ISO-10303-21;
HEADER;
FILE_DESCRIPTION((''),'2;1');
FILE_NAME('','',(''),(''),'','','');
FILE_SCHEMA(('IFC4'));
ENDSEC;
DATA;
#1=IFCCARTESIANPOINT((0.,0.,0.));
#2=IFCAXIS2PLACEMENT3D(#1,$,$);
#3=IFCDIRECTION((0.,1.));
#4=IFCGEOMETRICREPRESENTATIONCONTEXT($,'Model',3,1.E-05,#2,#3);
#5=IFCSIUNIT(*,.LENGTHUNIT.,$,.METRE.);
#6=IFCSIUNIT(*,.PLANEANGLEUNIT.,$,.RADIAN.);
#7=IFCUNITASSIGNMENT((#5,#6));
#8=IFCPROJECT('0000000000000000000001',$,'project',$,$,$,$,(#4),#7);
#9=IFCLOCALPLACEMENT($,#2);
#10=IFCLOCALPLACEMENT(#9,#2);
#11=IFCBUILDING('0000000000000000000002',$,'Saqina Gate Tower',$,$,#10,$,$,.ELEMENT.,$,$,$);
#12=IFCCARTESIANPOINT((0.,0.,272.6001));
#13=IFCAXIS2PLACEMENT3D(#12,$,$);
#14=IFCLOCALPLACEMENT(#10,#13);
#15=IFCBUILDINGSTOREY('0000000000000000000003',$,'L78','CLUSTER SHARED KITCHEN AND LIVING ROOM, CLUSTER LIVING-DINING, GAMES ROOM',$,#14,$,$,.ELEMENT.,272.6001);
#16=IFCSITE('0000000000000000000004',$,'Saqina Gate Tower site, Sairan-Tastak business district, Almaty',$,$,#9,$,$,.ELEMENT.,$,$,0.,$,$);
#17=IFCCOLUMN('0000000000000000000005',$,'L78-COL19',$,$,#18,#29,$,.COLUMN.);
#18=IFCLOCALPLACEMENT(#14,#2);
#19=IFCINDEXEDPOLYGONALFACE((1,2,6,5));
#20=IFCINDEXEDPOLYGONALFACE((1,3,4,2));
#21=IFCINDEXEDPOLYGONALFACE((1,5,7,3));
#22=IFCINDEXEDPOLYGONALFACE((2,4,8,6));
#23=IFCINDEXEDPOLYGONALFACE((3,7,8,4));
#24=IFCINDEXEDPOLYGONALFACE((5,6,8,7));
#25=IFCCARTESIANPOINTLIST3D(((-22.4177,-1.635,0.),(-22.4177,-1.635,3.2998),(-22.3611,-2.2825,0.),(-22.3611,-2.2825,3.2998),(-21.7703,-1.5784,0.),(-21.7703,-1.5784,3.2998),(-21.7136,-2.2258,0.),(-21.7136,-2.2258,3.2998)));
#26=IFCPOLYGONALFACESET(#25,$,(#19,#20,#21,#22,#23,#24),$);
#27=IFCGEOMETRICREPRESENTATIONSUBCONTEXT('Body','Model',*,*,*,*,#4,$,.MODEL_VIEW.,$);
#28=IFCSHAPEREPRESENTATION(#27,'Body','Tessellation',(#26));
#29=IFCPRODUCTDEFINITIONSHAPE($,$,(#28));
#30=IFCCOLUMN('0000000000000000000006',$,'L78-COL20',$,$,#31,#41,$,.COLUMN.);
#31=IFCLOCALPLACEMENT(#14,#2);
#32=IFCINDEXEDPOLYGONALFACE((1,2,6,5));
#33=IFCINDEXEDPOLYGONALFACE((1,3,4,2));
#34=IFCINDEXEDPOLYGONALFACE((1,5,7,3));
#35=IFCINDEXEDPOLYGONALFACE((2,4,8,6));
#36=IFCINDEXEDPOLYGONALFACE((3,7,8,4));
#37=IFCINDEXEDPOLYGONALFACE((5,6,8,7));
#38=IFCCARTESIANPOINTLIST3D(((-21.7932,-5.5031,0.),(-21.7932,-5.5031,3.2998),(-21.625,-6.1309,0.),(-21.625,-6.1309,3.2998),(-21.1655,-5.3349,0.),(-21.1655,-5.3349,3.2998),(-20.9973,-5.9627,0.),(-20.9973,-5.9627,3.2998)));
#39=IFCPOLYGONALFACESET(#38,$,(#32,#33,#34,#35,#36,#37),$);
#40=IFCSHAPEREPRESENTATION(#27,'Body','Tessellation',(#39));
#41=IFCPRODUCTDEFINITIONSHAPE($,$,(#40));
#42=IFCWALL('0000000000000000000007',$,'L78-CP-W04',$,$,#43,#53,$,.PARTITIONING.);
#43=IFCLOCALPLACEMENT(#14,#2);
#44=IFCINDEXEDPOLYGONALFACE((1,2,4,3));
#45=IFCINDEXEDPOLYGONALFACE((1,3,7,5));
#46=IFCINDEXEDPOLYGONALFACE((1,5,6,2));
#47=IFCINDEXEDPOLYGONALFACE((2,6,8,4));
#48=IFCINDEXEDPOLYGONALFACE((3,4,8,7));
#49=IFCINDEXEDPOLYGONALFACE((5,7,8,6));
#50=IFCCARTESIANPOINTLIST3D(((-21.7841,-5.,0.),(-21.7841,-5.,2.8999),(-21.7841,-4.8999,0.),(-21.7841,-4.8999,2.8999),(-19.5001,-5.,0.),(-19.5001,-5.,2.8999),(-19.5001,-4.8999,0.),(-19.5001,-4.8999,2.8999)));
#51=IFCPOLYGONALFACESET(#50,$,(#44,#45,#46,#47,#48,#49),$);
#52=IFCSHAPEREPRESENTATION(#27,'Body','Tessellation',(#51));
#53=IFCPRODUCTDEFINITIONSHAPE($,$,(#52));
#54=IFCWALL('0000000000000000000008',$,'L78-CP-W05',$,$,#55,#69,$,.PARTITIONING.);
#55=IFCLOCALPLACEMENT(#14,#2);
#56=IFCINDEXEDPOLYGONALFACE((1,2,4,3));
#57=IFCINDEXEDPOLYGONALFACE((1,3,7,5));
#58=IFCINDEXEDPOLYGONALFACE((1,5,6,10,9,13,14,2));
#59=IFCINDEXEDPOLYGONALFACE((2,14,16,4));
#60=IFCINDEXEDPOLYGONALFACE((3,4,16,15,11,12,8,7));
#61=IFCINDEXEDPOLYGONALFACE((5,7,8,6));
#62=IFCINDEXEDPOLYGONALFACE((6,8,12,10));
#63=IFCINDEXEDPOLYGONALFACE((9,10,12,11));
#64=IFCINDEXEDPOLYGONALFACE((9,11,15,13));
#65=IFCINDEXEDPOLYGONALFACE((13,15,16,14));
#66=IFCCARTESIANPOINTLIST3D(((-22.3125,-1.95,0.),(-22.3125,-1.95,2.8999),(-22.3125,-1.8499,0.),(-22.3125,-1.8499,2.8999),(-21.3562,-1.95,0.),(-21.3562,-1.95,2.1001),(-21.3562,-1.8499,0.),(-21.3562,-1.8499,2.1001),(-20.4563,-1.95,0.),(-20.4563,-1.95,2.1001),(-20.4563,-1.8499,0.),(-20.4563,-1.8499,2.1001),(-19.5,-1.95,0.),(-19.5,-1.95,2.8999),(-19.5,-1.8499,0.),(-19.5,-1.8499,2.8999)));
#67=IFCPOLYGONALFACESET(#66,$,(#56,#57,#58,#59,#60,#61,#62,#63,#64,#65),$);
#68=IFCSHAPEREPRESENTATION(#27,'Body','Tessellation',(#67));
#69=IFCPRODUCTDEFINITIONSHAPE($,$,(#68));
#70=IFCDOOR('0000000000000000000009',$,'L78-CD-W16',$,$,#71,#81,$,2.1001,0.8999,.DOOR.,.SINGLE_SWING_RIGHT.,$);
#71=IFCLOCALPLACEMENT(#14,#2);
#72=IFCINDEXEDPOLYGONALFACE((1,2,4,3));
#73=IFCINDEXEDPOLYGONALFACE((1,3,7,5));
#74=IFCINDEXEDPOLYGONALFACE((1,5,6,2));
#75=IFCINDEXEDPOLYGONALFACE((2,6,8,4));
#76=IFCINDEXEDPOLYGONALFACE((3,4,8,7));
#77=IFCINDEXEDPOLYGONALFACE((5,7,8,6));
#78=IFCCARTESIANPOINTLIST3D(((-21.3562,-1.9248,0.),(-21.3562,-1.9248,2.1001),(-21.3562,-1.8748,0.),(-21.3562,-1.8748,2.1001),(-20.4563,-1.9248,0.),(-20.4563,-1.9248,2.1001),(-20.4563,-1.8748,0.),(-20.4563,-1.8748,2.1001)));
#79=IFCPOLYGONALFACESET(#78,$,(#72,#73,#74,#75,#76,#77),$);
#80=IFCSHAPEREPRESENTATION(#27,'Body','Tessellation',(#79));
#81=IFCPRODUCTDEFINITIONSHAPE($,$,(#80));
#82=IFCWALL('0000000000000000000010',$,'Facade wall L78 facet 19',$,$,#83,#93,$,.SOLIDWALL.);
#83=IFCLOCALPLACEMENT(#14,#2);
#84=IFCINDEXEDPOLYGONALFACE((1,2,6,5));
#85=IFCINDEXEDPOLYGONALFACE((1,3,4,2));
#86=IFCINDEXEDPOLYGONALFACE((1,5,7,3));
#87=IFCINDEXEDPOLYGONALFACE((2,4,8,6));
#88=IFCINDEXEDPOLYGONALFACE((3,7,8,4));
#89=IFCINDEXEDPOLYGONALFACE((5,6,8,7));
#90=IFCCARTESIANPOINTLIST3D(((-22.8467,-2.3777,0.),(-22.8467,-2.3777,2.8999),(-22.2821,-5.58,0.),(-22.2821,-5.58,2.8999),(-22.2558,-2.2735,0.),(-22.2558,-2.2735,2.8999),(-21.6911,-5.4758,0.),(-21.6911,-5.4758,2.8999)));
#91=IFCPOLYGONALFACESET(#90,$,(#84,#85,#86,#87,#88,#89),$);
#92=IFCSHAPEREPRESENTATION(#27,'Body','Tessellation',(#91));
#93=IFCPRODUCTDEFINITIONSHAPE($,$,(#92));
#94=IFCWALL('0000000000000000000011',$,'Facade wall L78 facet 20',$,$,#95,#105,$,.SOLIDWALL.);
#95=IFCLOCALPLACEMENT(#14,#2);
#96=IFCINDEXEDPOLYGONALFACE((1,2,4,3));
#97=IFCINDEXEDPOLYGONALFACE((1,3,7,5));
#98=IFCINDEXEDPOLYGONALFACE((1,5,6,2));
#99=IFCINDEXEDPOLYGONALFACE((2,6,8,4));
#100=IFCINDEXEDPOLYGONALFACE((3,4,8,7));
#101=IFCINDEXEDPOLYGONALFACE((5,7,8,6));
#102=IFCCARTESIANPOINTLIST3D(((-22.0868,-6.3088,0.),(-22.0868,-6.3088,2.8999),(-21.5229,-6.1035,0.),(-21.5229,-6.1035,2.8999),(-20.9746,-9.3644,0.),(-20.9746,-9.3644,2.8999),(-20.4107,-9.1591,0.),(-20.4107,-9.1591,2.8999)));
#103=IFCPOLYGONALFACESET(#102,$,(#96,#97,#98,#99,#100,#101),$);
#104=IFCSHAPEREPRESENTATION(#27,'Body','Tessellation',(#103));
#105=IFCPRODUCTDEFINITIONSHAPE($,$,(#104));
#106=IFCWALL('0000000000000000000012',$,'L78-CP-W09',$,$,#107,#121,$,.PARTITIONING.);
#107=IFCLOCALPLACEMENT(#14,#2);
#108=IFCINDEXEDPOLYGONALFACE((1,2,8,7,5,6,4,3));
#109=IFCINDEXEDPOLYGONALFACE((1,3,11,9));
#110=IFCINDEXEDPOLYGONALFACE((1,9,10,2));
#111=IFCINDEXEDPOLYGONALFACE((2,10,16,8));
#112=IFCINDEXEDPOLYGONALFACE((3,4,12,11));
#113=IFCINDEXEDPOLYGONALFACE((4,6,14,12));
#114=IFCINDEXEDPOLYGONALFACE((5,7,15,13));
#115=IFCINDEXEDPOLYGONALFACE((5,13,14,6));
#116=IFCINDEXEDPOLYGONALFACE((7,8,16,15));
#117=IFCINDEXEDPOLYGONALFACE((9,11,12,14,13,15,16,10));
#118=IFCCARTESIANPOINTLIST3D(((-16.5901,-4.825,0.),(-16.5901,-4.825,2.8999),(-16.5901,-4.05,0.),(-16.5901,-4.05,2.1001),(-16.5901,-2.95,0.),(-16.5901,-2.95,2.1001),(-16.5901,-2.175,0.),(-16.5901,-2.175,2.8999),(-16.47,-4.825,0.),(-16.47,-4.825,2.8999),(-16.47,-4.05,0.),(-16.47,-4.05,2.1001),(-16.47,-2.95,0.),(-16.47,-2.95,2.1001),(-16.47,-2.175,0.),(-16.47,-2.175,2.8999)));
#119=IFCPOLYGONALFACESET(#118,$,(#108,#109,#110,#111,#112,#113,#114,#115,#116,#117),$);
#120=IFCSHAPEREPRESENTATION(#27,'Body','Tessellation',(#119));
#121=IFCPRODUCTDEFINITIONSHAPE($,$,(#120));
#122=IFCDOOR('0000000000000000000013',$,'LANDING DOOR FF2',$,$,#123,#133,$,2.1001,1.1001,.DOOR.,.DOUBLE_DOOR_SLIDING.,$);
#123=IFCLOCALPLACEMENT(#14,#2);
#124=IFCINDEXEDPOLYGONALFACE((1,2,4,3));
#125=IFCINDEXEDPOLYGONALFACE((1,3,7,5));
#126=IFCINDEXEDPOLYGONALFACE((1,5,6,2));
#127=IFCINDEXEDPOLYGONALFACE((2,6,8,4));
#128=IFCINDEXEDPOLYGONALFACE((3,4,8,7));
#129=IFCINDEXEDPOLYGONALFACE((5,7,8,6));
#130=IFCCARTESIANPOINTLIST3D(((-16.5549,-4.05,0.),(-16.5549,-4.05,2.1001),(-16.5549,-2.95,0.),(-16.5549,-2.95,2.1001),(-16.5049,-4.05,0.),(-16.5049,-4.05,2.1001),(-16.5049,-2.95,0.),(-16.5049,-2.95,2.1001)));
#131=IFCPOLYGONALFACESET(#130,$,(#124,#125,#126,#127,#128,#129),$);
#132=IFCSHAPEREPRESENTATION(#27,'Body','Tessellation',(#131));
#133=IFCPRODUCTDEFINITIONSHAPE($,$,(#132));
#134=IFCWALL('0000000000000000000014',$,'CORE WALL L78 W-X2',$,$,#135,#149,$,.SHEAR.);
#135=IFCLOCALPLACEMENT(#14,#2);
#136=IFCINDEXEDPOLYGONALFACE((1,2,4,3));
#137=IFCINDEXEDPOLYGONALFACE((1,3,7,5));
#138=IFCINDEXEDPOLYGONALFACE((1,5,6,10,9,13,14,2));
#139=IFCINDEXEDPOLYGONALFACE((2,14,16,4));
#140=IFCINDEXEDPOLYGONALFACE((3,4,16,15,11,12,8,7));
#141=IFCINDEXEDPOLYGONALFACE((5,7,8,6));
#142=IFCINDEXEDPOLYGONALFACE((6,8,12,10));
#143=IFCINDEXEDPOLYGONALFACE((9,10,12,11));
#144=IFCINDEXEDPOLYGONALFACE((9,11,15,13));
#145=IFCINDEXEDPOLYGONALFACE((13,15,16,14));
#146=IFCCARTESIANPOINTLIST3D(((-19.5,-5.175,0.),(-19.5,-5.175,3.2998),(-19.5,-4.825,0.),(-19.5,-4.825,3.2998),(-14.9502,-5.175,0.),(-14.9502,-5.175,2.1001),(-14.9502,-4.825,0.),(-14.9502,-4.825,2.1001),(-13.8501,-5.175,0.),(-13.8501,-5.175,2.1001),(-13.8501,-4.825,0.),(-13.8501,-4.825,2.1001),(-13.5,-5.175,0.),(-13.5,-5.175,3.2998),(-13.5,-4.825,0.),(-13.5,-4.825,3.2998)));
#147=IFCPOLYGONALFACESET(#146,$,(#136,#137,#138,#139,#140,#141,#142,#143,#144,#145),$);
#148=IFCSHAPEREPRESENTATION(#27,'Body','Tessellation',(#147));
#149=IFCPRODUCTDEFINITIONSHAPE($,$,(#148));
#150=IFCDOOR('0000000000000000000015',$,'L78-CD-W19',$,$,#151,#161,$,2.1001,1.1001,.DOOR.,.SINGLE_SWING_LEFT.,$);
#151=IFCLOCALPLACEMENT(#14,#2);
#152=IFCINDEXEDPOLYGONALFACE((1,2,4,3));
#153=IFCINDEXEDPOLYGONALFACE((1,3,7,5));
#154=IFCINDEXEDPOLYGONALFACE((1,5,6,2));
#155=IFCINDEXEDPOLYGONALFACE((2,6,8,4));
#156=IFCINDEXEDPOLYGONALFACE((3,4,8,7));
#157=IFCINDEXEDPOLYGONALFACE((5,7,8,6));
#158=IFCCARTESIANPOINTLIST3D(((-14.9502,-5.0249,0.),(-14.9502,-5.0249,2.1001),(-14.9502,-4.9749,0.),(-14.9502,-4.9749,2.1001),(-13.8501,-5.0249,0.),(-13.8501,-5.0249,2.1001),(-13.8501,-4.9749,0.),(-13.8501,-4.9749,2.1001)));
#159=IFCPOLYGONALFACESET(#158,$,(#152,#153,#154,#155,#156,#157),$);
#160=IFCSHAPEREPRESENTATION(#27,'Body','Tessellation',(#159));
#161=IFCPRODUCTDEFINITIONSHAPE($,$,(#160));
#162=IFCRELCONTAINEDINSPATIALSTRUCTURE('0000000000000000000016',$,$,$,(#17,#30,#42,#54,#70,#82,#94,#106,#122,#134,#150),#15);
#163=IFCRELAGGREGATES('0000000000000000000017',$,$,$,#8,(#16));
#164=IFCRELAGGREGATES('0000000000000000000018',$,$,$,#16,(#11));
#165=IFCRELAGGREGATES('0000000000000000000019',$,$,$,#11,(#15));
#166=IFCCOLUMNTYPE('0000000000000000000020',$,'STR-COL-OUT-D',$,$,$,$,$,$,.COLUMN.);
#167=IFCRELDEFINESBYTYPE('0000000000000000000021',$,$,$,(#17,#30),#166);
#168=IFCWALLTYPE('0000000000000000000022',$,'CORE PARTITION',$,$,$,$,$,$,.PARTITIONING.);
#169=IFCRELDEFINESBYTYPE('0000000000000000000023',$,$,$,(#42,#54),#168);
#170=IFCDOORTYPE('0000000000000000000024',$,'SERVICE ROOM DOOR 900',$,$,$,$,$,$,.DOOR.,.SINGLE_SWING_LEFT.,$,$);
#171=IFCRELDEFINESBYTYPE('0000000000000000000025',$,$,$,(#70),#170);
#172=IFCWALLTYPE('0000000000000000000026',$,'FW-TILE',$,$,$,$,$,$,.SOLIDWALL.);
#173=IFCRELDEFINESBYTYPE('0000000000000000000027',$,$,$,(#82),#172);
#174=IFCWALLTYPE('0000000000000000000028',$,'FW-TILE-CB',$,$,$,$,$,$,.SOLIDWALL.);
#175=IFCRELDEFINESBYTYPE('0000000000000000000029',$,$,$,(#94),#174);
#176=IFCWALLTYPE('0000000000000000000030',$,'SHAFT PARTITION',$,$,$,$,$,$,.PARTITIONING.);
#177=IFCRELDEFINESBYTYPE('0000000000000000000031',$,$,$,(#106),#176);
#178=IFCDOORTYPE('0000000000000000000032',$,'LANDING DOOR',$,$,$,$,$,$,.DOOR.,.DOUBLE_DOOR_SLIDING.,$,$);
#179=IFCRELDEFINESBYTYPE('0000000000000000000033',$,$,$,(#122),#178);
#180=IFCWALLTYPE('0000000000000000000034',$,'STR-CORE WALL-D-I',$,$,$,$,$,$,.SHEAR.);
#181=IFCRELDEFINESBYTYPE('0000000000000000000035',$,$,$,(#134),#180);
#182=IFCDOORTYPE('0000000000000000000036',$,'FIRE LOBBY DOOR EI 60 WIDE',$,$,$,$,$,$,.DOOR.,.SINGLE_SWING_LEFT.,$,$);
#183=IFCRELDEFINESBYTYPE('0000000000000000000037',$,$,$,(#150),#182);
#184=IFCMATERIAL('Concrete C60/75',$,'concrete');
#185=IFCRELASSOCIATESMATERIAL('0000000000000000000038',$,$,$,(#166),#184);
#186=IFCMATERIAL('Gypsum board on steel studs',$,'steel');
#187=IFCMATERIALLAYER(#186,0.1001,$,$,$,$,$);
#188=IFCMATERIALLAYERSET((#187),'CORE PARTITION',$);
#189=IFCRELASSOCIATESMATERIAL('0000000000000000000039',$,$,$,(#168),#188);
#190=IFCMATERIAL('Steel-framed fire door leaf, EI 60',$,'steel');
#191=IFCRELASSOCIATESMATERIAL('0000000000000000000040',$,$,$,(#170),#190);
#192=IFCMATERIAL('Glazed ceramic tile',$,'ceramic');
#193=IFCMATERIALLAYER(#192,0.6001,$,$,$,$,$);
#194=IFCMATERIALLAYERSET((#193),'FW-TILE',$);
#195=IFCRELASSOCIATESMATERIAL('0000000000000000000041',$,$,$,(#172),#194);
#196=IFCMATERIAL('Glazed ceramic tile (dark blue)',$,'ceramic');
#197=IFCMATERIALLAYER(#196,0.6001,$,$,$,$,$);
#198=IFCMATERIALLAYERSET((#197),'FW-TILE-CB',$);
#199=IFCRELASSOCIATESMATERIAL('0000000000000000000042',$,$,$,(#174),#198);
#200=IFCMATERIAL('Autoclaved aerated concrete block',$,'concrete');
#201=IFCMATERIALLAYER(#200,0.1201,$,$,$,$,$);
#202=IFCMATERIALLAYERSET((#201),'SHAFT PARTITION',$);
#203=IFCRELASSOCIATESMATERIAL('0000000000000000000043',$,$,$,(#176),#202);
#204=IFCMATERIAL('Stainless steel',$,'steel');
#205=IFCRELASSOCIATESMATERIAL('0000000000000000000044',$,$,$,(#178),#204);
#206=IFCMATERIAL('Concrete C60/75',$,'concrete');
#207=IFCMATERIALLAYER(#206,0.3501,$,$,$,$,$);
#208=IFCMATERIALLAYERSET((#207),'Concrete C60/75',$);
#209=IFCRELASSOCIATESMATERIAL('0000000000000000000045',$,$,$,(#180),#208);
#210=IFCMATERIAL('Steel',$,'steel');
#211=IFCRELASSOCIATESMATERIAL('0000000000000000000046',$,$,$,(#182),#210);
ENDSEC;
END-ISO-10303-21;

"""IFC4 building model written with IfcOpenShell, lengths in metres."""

from ifc_helpers import new_model, si_unit, direction, frame, frame_2d, origin, origin_2d, place, context, subcontext, project, spatial, rectangle, extrude, material, layer, layer_set, material_profile, profile_set, type_object, element, fill, save


model = new_model("IFC4")

# Units and contexts
model_context = context("Model", 3, precision=1e-05, world=origin(), true_north=direction((0.0, 1.0)))
body_context = subcontext(model_context, "Body", "Model", "MODEL_VIEW")
ifc_project = project(units=[si_unit("LENGTHUNIT", "METRE"), si_unit("PLANEANGLEUNIT", "RADIAN")], contexts=[model_context])

# Site, building, storey
site_placement = place(None, origin())
site = spatial("IfcSite", under=ifc_project, at=site_placement, Name="Saqina Gate Tower site, Sairan-Tastak business district, Almaty", CompositionType="ELEMENT", RefElevation=0.0)
building_placement = place(site_placement, origin())
building = spatial("IfcBuilding", under=site, at=building_placement, Name="Saqina Gate Tower", CompositionType="ELEMENT")
storey_placement = place(building_placement, frame((0.0, 0.0, 272.6001)))
storey = spatial("IfcBuildingStorey", under=building, at=storey_placement, Name="L78", Description="CLUSTER SHARED KITCHEN AND LIVING ROOM, CLUSTER LIVING-DINING, GAMES ROOM", CompositionType="ELEMENT", Elevation=272.6001)

# Columns
ifc_material_1 = material(Name="Concrete C60/75", Category="concrete")
ifc_material_profile = material_profile(ifc_material_1, rectangle(XDim=0.6499, YDim=0.6499, at=origin_2d()), Name="RC 650x650")
ifc_profile_set = profile_set([ifc_material_profile], Name="Concrete C60/75")
column_type = type_object("IfcColumnType", Name="STR-COL-OUT-D", PredefinedType="COLUMN", material=ifc_profile_set)
for number, where, z_axis, x_axis, name in (
    (1, (-22.0657, -1.9304, 0.0), (0.0, 0.0, 1.0), (-0.996195, -0.087156, 0.0), "L78-COL19"),
    (2, (-21.3953, -5.7329, 0.0), (0.0, 0.0, 1.0), (-0.965926, -0.258819, 0.0), "L78-COL20"),
):
    element("IfcColumn", number, at=place(storey_placement, frame(where, z_axis=z_axis, x_axis=x_axis)), inside=storey, type_object=column_type, Name=name, PredefinedType="COLUMN", context=body_context, shape_type="SweptSolid", body=[
        extrude(rectangle(XDim=0.6499, YDim=0.6499, at=origin_2d()), origin(), (0.0, 0.0, 1.0), 3.2998),
    ])

# Wall
ifc_material_2 = material(Name="Gypsum board on steel studs", Category="steel")
ifc_layer_1 = layer(ifc_material_2, 0.1001)
ifc_layer_set_1 = layer_set([ifc_layer_1], Name="CORE PARTITION")
wall_type_1 = type_object("IfcWallType", Name="CORE PARTITION", PredefinedType="PARTITIONING", material=ifc_layer_set_1)
wall_1_placement = place(storey_placement, frame((-19.5, -4.95, 0.0), z_axis=(0.0, 0.0, 1.0), x_axis=(-1.0, 0.0, 0.0)))
element("IfcWall", 3, at=wall_1_placement, inside=storey, type_object=wall_type_1, Name="L78-CP-W04", PredefinedType="PARTITIONING", context=body_context, shape_type="SweptSolid", body=[
    extrude(rectangle(XDim=2.2839, YDim=0.1001, at=frame_2d((1.1421, 0.0))), origin(), (0.0, 0.0, 1.0), 2.8999),
])

# Wall, opening, door
wall_2_placement = place(storey_placement, frame((-19.5, -1.8999, 0.0), z_axis=(0.0, 0.0, 1.0), x_axis=(-1.0, 0.0, 0.0)))
wall_2 = element("IfcWall", 4, at=wall_2_placement, inside=storey, type_object=wall_type_1, Name="L78-CP-W05", PredefinedType="PARTITIONING", context=body_context, shape_type="SweptSolid", body=[
    extrude(rectangle(XDim=2.8125, YDim=0.1001, at=frame_2d((1.4062, 0.0))), origin(), (0.0, 0.0, 1.0), 2.8999),
])
opening_1_placement = place(wall_2_placement, frame((0.9563, 0.0, 0.0)))
opening_1 = element("IfcOpeningElement", 5, at=opening_1_placement, cuts=wall_2, PredefinedType="OPENING", context=body_context, shape_type="SweptSolid", body=[
    extrude(rectangle(XDim=0.8999, YDim=2.1001, at=frame_2d((0.45, 1.05))), frame((0.0, 0.062, 0.0), z_axis=(0.0, -1.0, 0.0), x_axis=(1.0, 0.0, 0.0)), (0.0, 0.0, 1.0), 0.124),
])
ifc_material_3 = material(Name="Steel-framed fire door leaf, EI 60", Category="steel")
door_type_1 = type_object("IfcDoorType", Name="SERVICE ROOM DOOR 900", OperationType="SINGLE_SWING_LEFT", PredefinedType="DOOR", material=ifc_material_3)
door_1_placement = place(opening_1_placement, origin())
door_1 = element("IfcDoor", 6, at=door_1_placement, inside=storey, type_object=door_type_1, Name="L78-CD-W16", OperationType="SINGLE_SWING_RIGHT", OverallHeight=2.1001, OverallWidth=0.8999, PredefinedType="DOOR", context=body_context, shape_type="SweptSolid", body=[
    extrude(rectangle(XDim=0.8999, YDim=2.1001, at=frame_2d((0.45, 1.05))), frame((0.0, 0.0249, 0.0), z_axis=(0.0, -1.0, 0.0), x_axis=(1.0, 0.0, 0.0)), (0.0, 0.0, 1.0), 0.05),
])
fill(opening_1, door_1)

# Walls
ifc_material_4 = material(Name="Glazed ceramic tile", Category="ceramic")
ifc_layer_2 = layer(ifc_material_4, 0.6001)
ifc_layer_set_2 = layer_set([ifc_layer_2], Name="FW-TILE")
wall_type_2 = type_object("IfcWallType", Name="FW-TILE", PredefinedType="SOLIDWALL", material=ifc_layer_set_2)
wall_3_placement = place(storey_placement, frame((-22.5513, -2.3254, 0.0), z_axis=(0.0, 0.0, 1.0), x_axis=(0.173657, -0.984806, 0.0)))
element("IfcWall", 7, at=wall_3_placement, inside=storey, type_object=wall_type_2, Name="Facade wall L78 facet 19", PredefinedType="SOLIDWALL", context=body_context, shape_type="SweptSolid", body=[
    extrude(rectangle(XDim=3.2517, YDim=0.6001, at=frame_2d((1.626, 0.0))), origin(), (0.0, 0.0, 1.0), 2.8999),
])
ifc_material_5 = material(Name="Glazed ceramic tile (dark blue)", Category="ceramic")
ifc_layer_3 = layer(ifc_material_5, 0.6001)
ifc_layer_set_3 = layer_set([ifc_layer_3], Name="FW-TILE-CB")
wall_type_3 = type_object("IfcWallType", Name="FW-TILE-CB", PredefinedType="SOLIDWALL", material=ifc_layer_set_3)
wall_4_placement = place(storey_placement, frame((-21.8049, -6.2061, 0.0), z_axis=(0.0, 0.0, 1.0), x_axis=(0.342057, -0.939679, 0.0)))
element("IfcWall", 8, at=wall_4_placement, inside=storey, type_object=wall_type_3, Name="Facade wall L78 facet 20", PredefinedType="SOLIDWALL", context=body_context, shape_type="SweptSolid", body=[
    extrude(rectangle(XDim=3.2517, YDim=0.6001, at=frame_2d((1.626, 0.0))), origin(), (0.0, 0.0, 1.0), 2.8999),
])

# Walls, openings, doors
ifc_material_6 = material(Name="Autoclaved aerated concrete block", Category="concrete")
ifc_layer_4 = layer(ifc_material_6, 0.1201)
ifc_layer_set_4 = layer_set([ifc_layer_4], Name="SHAFT PARTITION")
wall_type_4 = type_object("IfcWallType", Name="SHAFT PARTITION", PredefinedType="PARTITIONING", material=ifc_layer_set_4)
wall_5_placement = place(storey_placement, frame((-16.53, -4.825, 0.0), z_axis=(0.0, 0.0, 1.0), x_axis=(0.0, 1.0, 0.0)))
wall_5 = element("IfcWall", 9, at=wall_5_placement, inside=storey, type_object=wall_type_4, Name="L78-CP-W09", PredefinedType="PARTITIONING", context=body_context, shape_type="SweptSolid", body=[
    extrude(rectangle(XDim=2.6499, YDim=0.1201, at=frame_2d((1.325, 0.0))), origin(), (0.0, 0.0, 1.0), 2.8999),
])
opening_2_placement = place(wall_5_placement, frame((0.7749, 0.0, 0.0)))
opening_2 = element("IfcOpeningElement", 10, at=opening_2_placement, cuts=wall_5, PredefinedType="OPENING", context=body_context, shape_type="SweptSolid", body=[
    extrude(rectangle(XDim=1.1001, YDim=2.1001, at=frame_2d((0.55, 1.05))), frame((0.0, 0.072, 0.0), z_axis=(0.0, -1.0, 0.0), x_axis=(1.0, 0.0, 0.0)), (0.0, 0.0, 1.0), 0.144),
])
ifc_material_7 = material(Name="Stainless steel", Category="steel")
door_type_2 = type_object("IfcDoorType", Name="LANDING DOOR", OperationType="DOUBLE_DOOR_SLIDING", PredefinedType="DOOR", material=ifc_material_7)
door_2_placement = place(opening_2_placement, origin())
door_2 = element("IfcDoor", 11, at=door_2_placement, inside=storey, type_object=door_type_2, Name="LANDING DOOR FF2", OperationType="DOUBLE_DOOR_SLIDING", OverallHeight=2.1001, OverallWidth=1.1001, PredefinedType="DOOR", context=body_context, shape_type="SweptSolid", body=[
    extrude(rectangle(XDim=1.1001, YDim=2.1001, at=frame_2d((0.55, 1.05))), frame((0.0, 0.0249, 0.0), z_axis=(0.0, -1.0, 0.0), x_axis=(1.0, 0.0, 0.0)), (0.0, 0.0, 1.0), 0.05),
])
fill(opening_2, door_2)
ifc_material_8 = material(Name="Concrete C60/75", Category="concrete")
ifc_layer_5 = layer(ifc_material_8, 0.3501)
ifc_layer_set_5 = layer_set([ifc_layer_5], Name="Concrete C60/75")
wall_type_5 = type_object("IfcWallType", Name="STR-CORE WALL-D-I", PredefinedType="SHEAR", material=ifc_layer_set_5)
wall_6_placement = place(storey_placement, frame((-13.5, -5.0, 0.0), z_axis=(0.0, 0.0, 1.0), x_axis=(-1.0, 0.0, 0.0)))
wall_6 = element("IfcWall", 12, at=wall_6_placement, inside=storey, type_object=wall_type_5, Name="CORE WALL L78 W-X2", PredefinedType="SHEAR", context=body_context, shape_type="SweptSolid", body=[
    extrude(rectangle(XDim=6.0, YDim=0.3501, at=frame_2d((3.0, 0.0))), origin(), (0.0, 0.0, 1.0), 3.2998),
])
opening_3_placement = place(wall_6_placement, frame((0.3501, 0.0, 0.0)))
opening_3 = element("IfcOpeningElement", 13, at=opening_3_placement, cuts=wall_6, PredefinedType="OPENING", context=body_context, shape_type="SweptSolid", body=[
    extrude(rectangle(XDim=1.1001, YDim=2.1001, at=frame_2d((0.55, 1.05))), frame((0.0, 0.187, 0.0), z_axis=(0.0, -1.0, 0.0), x_axis=(1.0, 0.0, 0.0)), (0.0, 0.0, 1.0), 0.374),
])
ifc_material_9 = material(Name="Steel", Category="steel")
door_type_3 = type_object("IfcDoorType", Name="FIRE LOBBY DOOR EI 60 WIDE", OperationType="SINGLE_SWING_LEFT", PredefinedType="DOOR", material=ifc_material_9)
door_3_placement = place(opening_3_placement, origin())
door_3 = element("IfcDoor", 14, at=door_3_placement, inside=storey, type_object=door_type_3, Name="L78-CD-W19", OperationType="SINGLE_SWING_LEFT", OverallHeight=2.1001, OverallWidth=1.1001, PredefinedType="DOOR", context=body_context, shape_type="SweptSolid", body=[
    extrude(rectangle(XDim=1.1001, YDim=2.1001, at=frame_2d((0.55, 1.05))), frame((0.0, 0.0249, 0.0), z_axis=(0.0, -1.0, 0.0), x_axis=(1.0, 0.0, 0.0)), (0.0, 0.0, 1.0), 0.05),
])
fill(opening_3, door_3)

save(model, "model.ifc")
